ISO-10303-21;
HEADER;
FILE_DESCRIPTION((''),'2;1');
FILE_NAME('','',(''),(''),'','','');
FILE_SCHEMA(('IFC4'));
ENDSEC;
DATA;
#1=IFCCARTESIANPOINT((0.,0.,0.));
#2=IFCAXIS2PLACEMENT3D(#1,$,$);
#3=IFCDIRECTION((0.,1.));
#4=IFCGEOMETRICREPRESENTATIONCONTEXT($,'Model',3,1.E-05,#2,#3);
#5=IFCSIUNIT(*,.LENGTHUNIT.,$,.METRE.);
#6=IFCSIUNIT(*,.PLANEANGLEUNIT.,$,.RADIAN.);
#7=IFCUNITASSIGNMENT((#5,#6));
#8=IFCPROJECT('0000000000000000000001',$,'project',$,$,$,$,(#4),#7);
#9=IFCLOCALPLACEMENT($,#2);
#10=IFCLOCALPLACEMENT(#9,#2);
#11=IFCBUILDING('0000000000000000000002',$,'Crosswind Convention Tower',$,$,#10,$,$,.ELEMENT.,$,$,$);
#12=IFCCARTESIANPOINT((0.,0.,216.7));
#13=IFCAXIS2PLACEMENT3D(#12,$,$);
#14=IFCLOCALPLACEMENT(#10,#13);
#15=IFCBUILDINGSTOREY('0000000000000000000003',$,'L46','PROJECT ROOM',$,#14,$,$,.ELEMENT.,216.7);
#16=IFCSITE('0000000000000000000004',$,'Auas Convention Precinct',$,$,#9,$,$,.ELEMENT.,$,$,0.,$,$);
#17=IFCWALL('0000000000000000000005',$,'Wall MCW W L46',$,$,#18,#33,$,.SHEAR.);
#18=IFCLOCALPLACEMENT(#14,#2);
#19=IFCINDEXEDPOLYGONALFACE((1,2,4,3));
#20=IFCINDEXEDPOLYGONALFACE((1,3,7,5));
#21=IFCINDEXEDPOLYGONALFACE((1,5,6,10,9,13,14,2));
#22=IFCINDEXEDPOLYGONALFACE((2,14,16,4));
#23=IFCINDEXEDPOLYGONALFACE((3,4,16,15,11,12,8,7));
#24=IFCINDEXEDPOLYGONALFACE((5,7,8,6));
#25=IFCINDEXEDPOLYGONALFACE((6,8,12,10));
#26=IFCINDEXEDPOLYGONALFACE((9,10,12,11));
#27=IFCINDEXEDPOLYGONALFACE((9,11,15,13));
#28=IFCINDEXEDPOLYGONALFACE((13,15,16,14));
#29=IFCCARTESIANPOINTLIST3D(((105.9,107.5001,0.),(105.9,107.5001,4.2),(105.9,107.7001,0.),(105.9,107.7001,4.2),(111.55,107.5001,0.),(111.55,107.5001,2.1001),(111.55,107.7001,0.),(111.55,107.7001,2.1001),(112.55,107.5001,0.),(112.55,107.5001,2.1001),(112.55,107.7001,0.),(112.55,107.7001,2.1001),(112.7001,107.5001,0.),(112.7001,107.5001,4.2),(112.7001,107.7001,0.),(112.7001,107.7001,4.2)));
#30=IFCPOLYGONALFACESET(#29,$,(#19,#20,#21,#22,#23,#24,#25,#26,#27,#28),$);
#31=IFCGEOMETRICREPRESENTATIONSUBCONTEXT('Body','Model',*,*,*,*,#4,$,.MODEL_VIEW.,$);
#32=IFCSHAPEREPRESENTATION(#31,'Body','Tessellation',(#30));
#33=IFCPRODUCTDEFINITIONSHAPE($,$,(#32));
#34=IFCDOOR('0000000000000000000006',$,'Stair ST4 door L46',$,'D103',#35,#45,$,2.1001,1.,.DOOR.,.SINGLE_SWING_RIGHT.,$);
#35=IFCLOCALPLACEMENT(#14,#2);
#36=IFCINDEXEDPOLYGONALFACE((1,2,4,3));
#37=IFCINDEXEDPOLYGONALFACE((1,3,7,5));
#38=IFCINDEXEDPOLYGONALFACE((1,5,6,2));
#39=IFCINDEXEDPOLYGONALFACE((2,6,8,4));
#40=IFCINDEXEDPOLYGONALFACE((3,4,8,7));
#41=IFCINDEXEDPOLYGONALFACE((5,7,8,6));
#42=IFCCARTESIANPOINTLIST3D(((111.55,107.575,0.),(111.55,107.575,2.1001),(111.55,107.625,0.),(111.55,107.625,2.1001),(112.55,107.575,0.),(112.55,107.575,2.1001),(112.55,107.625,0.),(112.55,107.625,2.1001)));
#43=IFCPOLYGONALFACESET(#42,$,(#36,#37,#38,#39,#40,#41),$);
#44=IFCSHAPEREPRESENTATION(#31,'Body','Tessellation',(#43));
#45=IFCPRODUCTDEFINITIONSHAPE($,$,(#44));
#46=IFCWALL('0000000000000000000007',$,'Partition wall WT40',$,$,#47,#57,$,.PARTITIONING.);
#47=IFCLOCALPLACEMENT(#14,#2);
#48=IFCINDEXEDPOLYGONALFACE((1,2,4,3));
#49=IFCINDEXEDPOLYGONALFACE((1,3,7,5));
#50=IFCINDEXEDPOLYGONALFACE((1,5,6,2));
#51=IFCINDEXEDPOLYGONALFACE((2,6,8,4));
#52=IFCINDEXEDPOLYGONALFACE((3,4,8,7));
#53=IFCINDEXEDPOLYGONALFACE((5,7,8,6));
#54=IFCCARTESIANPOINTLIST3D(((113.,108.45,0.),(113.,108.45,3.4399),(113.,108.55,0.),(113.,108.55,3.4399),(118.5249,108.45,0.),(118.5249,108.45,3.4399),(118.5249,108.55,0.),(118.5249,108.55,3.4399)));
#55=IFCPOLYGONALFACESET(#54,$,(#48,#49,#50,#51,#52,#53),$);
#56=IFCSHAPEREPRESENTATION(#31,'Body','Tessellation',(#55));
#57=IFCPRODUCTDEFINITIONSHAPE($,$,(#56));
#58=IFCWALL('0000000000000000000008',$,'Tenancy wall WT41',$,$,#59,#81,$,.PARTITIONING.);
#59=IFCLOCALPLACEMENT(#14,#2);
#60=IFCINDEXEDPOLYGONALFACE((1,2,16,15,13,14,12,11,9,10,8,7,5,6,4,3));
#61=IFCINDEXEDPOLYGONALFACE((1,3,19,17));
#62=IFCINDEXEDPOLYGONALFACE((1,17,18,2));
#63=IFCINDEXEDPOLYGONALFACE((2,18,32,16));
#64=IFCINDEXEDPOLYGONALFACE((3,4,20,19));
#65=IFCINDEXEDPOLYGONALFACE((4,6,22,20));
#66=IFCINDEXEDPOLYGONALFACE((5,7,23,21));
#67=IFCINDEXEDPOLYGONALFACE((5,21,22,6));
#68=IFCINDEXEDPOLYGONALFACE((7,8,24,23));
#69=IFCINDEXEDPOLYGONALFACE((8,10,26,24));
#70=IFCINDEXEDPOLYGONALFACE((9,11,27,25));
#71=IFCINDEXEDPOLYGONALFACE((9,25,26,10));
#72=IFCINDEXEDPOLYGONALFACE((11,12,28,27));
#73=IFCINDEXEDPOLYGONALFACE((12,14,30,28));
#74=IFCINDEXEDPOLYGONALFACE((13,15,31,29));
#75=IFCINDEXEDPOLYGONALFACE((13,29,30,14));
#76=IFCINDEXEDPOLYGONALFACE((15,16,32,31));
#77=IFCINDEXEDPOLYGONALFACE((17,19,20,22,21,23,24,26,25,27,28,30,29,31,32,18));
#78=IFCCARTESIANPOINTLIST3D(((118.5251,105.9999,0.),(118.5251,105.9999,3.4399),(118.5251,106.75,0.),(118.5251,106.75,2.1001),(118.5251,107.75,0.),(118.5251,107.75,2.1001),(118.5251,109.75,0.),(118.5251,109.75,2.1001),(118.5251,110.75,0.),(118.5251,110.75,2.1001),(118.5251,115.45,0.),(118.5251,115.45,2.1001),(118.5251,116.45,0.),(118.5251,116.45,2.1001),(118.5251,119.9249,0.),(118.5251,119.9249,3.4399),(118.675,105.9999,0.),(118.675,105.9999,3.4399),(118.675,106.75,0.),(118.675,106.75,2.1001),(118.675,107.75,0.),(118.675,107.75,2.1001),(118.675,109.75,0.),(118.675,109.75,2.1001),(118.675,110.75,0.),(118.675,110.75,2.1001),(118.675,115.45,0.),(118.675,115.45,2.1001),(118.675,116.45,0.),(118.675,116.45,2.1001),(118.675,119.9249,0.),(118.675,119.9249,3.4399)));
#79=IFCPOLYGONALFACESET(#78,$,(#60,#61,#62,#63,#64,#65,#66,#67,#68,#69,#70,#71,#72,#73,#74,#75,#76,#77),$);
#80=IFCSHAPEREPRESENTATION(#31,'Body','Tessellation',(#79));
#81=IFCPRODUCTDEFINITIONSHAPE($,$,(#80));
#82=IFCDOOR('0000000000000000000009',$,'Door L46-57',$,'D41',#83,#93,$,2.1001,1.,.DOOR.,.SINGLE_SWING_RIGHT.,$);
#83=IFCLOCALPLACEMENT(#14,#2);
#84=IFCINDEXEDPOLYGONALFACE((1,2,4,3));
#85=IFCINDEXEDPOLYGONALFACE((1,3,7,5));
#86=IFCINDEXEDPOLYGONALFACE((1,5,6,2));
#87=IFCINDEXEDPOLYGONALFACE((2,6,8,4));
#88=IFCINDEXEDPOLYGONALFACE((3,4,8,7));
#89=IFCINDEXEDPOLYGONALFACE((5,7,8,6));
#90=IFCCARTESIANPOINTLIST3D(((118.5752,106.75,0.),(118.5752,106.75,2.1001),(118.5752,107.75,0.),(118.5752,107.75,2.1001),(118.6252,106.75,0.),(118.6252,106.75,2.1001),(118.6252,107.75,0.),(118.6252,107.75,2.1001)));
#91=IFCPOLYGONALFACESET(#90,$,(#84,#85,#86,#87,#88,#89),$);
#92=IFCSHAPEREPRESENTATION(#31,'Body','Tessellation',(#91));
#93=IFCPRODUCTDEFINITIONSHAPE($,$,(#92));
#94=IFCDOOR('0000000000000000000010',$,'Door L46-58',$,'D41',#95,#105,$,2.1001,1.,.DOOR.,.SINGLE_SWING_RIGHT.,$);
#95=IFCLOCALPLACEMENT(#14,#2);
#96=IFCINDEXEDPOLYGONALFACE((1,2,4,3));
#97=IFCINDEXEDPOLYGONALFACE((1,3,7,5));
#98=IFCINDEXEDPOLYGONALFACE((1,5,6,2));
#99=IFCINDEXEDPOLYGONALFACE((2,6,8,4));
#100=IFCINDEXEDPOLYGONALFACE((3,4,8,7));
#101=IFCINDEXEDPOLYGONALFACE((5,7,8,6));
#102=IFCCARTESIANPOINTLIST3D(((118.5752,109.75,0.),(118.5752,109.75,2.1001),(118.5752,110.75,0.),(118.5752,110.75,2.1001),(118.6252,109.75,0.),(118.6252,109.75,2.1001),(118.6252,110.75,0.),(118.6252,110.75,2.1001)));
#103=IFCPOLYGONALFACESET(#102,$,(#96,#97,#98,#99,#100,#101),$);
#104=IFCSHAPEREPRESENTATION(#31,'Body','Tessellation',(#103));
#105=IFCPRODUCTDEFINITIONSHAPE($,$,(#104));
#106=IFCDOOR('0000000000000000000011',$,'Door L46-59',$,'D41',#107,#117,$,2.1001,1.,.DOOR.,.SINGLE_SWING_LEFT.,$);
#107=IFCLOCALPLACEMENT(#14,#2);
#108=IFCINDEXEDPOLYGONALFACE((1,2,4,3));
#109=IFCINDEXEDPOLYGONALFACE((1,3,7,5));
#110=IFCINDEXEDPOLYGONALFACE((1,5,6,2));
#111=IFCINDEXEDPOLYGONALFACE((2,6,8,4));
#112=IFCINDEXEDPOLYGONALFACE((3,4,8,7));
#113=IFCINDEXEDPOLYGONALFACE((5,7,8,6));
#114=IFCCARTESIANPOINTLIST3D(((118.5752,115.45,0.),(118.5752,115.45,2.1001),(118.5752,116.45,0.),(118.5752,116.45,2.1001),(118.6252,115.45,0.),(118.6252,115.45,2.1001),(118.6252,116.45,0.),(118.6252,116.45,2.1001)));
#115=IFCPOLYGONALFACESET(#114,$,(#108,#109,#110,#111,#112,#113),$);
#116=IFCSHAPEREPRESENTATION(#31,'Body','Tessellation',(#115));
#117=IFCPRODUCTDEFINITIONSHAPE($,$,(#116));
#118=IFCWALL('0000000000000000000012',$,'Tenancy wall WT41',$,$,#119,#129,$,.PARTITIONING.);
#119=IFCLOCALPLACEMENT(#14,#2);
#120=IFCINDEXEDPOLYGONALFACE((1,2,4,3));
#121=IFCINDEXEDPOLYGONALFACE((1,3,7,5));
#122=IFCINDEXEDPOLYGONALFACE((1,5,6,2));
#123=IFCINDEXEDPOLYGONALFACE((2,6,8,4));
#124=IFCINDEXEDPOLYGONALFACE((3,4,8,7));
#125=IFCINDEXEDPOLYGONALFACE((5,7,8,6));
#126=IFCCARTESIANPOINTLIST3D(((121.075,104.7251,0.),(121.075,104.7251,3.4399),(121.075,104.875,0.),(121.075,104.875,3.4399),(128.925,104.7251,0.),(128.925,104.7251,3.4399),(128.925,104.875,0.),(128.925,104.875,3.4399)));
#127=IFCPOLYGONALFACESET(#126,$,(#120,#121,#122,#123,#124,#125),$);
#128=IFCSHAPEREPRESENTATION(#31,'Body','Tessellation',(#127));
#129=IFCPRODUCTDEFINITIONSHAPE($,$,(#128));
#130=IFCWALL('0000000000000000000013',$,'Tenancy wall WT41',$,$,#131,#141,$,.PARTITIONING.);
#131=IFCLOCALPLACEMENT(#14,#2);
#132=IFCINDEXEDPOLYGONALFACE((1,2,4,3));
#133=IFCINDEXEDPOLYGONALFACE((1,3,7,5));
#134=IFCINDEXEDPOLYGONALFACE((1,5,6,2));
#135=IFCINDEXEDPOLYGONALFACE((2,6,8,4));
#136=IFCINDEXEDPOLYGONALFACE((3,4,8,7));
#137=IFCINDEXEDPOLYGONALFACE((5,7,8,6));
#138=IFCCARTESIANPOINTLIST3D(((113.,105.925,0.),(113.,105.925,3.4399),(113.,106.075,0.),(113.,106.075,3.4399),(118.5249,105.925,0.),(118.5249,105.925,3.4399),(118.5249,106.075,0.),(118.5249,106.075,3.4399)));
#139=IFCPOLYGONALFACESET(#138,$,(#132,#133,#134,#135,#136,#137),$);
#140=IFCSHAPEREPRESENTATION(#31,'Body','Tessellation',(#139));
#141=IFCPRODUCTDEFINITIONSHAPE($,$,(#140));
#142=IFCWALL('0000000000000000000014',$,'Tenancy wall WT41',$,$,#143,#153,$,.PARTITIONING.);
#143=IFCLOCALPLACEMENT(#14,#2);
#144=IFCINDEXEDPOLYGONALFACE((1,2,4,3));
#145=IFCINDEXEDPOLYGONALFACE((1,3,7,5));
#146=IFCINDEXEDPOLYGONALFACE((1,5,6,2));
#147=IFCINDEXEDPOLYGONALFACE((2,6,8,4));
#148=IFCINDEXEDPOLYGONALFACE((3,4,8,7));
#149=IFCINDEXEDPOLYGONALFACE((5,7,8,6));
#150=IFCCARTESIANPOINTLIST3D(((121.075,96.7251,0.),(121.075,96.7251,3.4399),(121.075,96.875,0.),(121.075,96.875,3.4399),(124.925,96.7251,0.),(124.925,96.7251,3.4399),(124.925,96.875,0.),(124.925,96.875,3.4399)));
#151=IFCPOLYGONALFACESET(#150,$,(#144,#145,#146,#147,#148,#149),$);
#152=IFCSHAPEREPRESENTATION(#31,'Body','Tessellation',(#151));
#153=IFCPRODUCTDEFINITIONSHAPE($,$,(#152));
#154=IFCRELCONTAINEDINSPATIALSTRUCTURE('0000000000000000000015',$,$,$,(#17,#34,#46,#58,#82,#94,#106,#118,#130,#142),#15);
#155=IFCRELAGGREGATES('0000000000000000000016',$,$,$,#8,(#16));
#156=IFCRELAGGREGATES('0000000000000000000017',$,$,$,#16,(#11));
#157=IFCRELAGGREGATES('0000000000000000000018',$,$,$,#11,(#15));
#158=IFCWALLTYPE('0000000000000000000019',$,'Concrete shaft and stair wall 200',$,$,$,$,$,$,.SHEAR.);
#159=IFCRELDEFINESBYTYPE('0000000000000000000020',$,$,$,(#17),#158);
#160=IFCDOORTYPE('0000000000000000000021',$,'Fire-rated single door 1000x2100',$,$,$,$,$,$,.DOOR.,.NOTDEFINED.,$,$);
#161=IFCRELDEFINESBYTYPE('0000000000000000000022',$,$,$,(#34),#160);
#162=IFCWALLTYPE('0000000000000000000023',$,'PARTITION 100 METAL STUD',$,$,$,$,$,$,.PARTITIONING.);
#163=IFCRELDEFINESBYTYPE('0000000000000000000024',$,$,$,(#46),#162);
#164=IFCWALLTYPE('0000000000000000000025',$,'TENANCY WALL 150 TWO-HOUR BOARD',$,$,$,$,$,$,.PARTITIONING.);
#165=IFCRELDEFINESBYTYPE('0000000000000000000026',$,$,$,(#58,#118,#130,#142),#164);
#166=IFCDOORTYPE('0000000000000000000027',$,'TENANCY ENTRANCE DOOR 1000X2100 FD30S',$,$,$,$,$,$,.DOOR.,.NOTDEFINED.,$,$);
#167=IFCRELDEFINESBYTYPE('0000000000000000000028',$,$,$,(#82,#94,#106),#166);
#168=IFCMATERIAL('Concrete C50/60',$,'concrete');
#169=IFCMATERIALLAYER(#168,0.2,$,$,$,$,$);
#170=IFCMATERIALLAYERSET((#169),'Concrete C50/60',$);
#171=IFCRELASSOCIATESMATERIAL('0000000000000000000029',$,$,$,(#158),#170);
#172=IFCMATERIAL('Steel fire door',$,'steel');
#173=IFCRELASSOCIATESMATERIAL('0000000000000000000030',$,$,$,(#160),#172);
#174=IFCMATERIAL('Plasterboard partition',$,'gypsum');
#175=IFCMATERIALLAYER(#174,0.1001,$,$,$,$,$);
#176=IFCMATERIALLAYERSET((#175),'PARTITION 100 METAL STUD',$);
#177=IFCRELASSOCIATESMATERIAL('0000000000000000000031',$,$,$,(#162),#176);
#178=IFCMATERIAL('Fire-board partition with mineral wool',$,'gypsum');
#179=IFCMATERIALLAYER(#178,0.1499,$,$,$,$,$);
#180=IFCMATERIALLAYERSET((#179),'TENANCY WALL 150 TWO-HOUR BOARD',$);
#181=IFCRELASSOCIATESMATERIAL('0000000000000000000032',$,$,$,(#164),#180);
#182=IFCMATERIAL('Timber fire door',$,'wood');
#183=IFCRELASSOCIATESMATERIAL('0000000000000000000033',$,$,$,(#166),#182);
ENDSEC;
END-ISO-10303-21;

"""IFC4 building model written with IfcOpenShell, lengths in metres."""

from ifc_helpers import new_model, si_unit, direction, frame, frame_2d, origin, place, context, subcontext, project, spatial, rectangle, extrude, material, layer, layer_set, type_object, element, fill, save


model = new_model("IFC4")

# Units and contexts
model_context = context("Model", 3, precision=1e-05, world=origin(), true_north=direction((0.0, 1.0)))
body_context = subcontext(model_context, "Body", "Model", "MODEL_VIEW")
ifc_project = project(units=[si_unit("LENGTHUNIT", "METRE"), si_unit("PLANEANGLEUNIT", "RADIAN")], contexts=[model_context])

# Site, building, storey
site_placement = place(None, origin())
site = spatial("IfcSite", under=ifc_project, at=site_placement, Name="Auas Convention Precinct", CompositionType="ELEMENT", RefElevation=0.0)
building_placement = place(site_placement, origin())
building = spatial("IfcBuilding", under=site, at=building_placement, Name="Crosswind Convention Tower", CompositionType="ELEMENT")
storey_placement = place(building_placement, frame((0.0, 0.0, 216.7)))
storey = spatial("IfcBuildingStorey", under=building, at=storey_placement, Name="L46", Description="PROJECT ROOM", CompositionType="ELEMENT", Elevation=216.7)

# Shared definitions
ifc_material_1 = material(Name="Concrete C50/60", Category="concrete")

# Shared definitions
ifc_layer_1 = layer(ifc_material_1, 0.2)
ifc_layer_set_1 = layer_set([ifc_layer_1], Name="Concrete C50/60")
wall_type_1 = type_object("IfcWallType", Name="Concrete shaft and stair wall 200", PredefinedType="SHEAR", material=ifc_layer_set_1)

# Wall, opening, door
ifc_material_2 = material(Name="Steel fire door", Category="steel")
wall_1_placement = place(storey_placement, frame((112.7, 107.6001, 0.0), z_axis=(0.0, 0.0, 1.0), x_axis=(-1.0, 0.0, 0.0)))
wall_1 = element("IfcWall", 1, at=wall_1_placement, inside=storey, type_object=wall_type_1, Name="Wall MCW W L46", PredefinedType="SHEAR", context=body_context, shape_type="SweptSolid", body=[
    extrude(rectangle(XDim=6.8, YDim=0.2, at=frame_2d((3.3999, 0.0))), origin(), (0.0, 0.0, 1.0), 4.2),
])
opening_1_placement = place(wall_1_placement, frame((0.1499, 0.0, 0.0)))
opening_1 = element("IfcOpeningElement", 2, at=opening_1_placement, cuts=wall_1, PredefinedType="OPENING", context=body_context, shape_type="SweptSolid", body=[
    extrude(rectangle(XDim=1.0, YDim=2.1001, at=frame_2d((0.5, 1.05))), frame((0.0, 0.1099, 0.0), z_axis=(0.0, -1.0, 0.0), x_axis=(1.0, 0.0, 0.0)), (0.0, 0.0, 1.0), 0.22),
])
door_type_1 = type_object("IfcDoorType", Name="Fire-rated single door 1000x2100", OperationType="NOTDEFINED", PredefinedType="DOOR", material=ifc_material_2)
door_1_placement = place(opening_1_placement, frame((1.0, 0.0, 0.0), z_axis=(0.0, 0.0, 1.0), x_axis=(-1.0, 0.0, 0.0)))
door_1 = element("IfcDoor", 3, at=door_1_placement, inside=storey, type_object=door_type_1, Name="Stair ST4 door L46", ObjectType="D103", OperationType="SINGLE_SWING_RIGHT", OverallHeight=2.1001, OverallWidth=1.0, PredefinedType="DOOR", context=body_context, shape_type="SweptSolid", body=[
    extrude(rectangle(XDim=1.0, YDim=2.1001, at=frame_2d((0.5, 1.05))), frame((0.0, 0.0249, 0.0), z_axis=(0.0, -1.0, 0.0), x_axis=(1.0, 0.0, 0.0)), (0.0, 0.0, 1.0), 0.05),
])
fill(opening_1, door_1)

# Wall
ifc_material_3 = material(Name="Plasterboard partition", Category="gypsum")
ifc_layer_2 = layer(ifc_material_3, 0.1001)
ifc_layer_set_2 = layer_set([ifc_layer_2], Name="PARTITION 100 METAL STUD")
wall_type_2 = type_object("IfcWallType", Name="PARTITION 100 METAL STUD", PredefinedType="PARTITIONING", material=ifc_layer_set_2)
wall_2_placement = place(storey_placement, frame((113.0, 108.5, 0.0), z_axis=(0.0, 0.0, 1.0), x_axis=(1.0, 0.0, 0.0)))
element("IfcWall", 4, at=wall_2_placement, inside=storey, type_object=wall_type_2, Name="Partition wall WT40", PredefinedType="PARTITIONING", context=body_context, shape_type="SweptSolid", body=[
    extrude(rectangle(XDim=5.5249, YDim=0.1001, at=frame_2d((2.7625, 0.0))), origin(), (0.0, 0.0, 1.0), 3.4399),
])

# Wall, openings, doors
ifc_material_4 = material(Name="Fire-board partition with mineral wool", Category="gypsum")
ifc_layer_3 = layer(ifc_material_4, 0.1499)
ifc_layer_set_3 = layer_set([ifc_layer_3], Name="TENANCY WALL 150 TWO-HOUR BOARD")
wall_type_3 = type_object("IfcWallType", Name="TENANCY WALL 150 TWO-HOUR BOARD", PredefinedType="PARTITIONING", material=ifc_layer_set_3)
wall_3_placement = place(storey_placement, frame((118.6001, 106.0, 0.0), z_axis=(0.0, 0.0, 1.0), x_axis=(0.0, 1.0, 0.0)))
wall_3 = element("IfcWall", 5, at=wall_3_placement, inside=storey, type_object=wall_type_3, Name="Tenancy wall WT41", PredefinedType="PARTITIONING", context=body_context, shape_type="SweptSolid", body=[
    extrude(rectangle(XDim=13.925, YDim=0.1499, at=frame_2d((6.9624, 0.0))), origin(), (0.0, 0.0, 1.0), 3.4399),
])
opening_2_placement = place(wall_3_placement, frame((0.75, 0.0, 0.0)))
opening_2 = element("IfcOpeningElement", 6, at=opening_2_placement, cuts=wall_3, PredefinedType="OPENING", context=body_context, shape_type="SweptSolid", body=[
    extrude(rectangle(XDim=1.0, YDim=2.1001, at=frame_2d((0.5, 1.05))), frame((0.0, 0.085, 0.0), z_axis=(0.0, -1.0, 0.0), x_axis=(1.0, 0.0, 0.0)), (0.0, 0.0, 1.0), 0.1699),
])
opening_3_placement = place(wall_3_placement, frame((3.75, 0.0, 0.0)))
opening_3 = element("IfcOpeningElement", 7, at=opening_3_placement, cuts=wall_3, PredefinedType="OPENING", context=body_context, shape_type="SweptSolid", body=[
    extrude(rectangle(XDim=1.0, YDim=2.1001, at=frame_2d((0.5, 1.05))), frame((0.0, 0.085, 0.0), z_axis=(0.0, -1.0, 0.0), x_axis=(1.0, 0.0, 0.0)), (0.0, 0.0, 1.0), 0.1699),
])
opening_4_placement = place(wall_3_placement, frame((9.45, 0.0, 0.0)))
opening_4 = element("IfcOpeningElement", 8, at=opening_4_placement, cuts=wall_3, PredefinedType="OPENING", context=body_context, shape_type="SweptSolid", body=[
    extrude(rectangle(XDim=1.0, YDim=2.1001, at=frame_2d((0.5, 1.05))), frame((0.0, 0.085, 0.0), z_axis=(0.0, -1.0, 0.0), x_axis=(1.0, 0.0, 0.0)), (0.0, 0.0, 1.0), 0.1699),
])
ifc_material_5 = material(Name="Timber fire door", Category="wood")
door_type_2 = type_object("IfcDoorType", Name="TENANCY ENTRANCE DOOR 1000X2100 FD30S", OperationType="NOTDEFINED", PredefinedType="DOOR", material=ifc_material_5)
door_2_placement = place(opening_2_placement, origin())
door_2 = element("IfcDoor", 9, at=door_2_placement, inside=storey, type_object=door_type_2, Name="Door L46-57", ObjectType="D41", OperationType="SINGLE_SWING_RIGHT", OverallHeight=2.1001, OverallWidth=1.0, PredefinedType="DOOR", context=body_context, shape_type="SweptSolid", body=[
    extrude(rectangle(XDim=1.0, YDim=2.1001, at=frame_2d((0.5, 1.05))), frame((0.0, 0.0249, 0.0), z_axis=(0.0, -1.0, 0.0), x_axis=(1.0, 0.0, 0.0)), (0.0, 0.0, 1.0), 0.05),
])
fill(opening_2, door_2)
door_3_placement = place(opening_3_placement, origin())
door_3 = element("IfcDoor", 10, at=door_3_placement, inside=storey, type_object=door_type_2, Name="Door L46-58", ObjectType="D41", OperationType="SINGLE_SWING_RIGHT", OverallHeight=2.1001, OverallWidth=1.0, PredefinedType="DOOR", context=body_context, shape_type="SweptSolid", body=[
    extrude(rectangle(XDim=1.0, YDim=2.1001, at=frame_2d((0.5, 1.05))), frame((0.0, 0.0249, 0.0), z_axis=(0.0, -1.0, 0.0), x_axis=(1.0, 0.0, 0.0)), (0.0, 0.0, 1.0), 0.05),
])
fill(opening_3, door_3)
door_4_placement = place(opening_4_placement, origin())
door_4 = element("IfcDoor", 11, at=door_4_placement, inside=storey, type_object=door_type_2, Name="Door L46-59", ObjectType="D41", OperationType="SINGLE_SWING_LEFT", OverallHeight=2.1001, OverallWidth=1.0, PredefinedType="DOOR", context=body_context, shape_type="SweptSolid", body=[
    extrude(rectangle(XDim=1.0, YDim=2.1001, at=frame_2d((0.5, 1.05))), frame((0.0, 0.0249, 0.0), z_axis=(0.0, -1.0, 0.0), x_axis=(1.0, 0.0, 0.0)), (0.0, 0.0, 1.0), 0.05),
])
fill(opening_4, door_4)

# Walls
wall_4_placement = place(storey_placement, frame((121.075, 104.8, 0.0), z_axis=(0.0, 0.0, 1.0), x_axis=(1.0, 0.0, 0.0)))
element("IfcWall", 12, at=wall_4_placement, inside=storey, type_object=wall_type_3, Name="Tenancy wall WT41", PredefinedType="PARTITIONING", context=body_context, shape_type="SweptSolid", body=[
    extrude(rectangle(XDim=7.8501, YDim=0.1499, at=frame_2d((3.925, 0.0))), origin(), (0.0, 0.0, 1.0), 3.4399),
])
wall_5_placement = place(storey_placement, frame((113.0, 106.0, 0.0), z_axis=(0.0, 0.0, 1.0), x_axis=(1.0, 0.0, 0.0)))
element("IfcWall", 13, at=wall_5_placement, inside=storey, type_object=wall_type_3, Name="Tenancy wall WT41", PredefinedType="PARTITIONING", context=body_context, shape_type="SweptSolid", body=[
    extrude(rectangle(XDim=5.5249, YDim=0.1499, at=frame_2d((2.7625, 0.0))), origin(), (0.0, 0.0, 1.0), 3.4399),
])
wall_6_placement = place(storey_placement, frame((121.075, 96.8, 0.0), z_axis=(0.0, 0.0, 1.0), x_axis=(1.0, 0.0, 0.0)))
element("IfcWall", 14, at=wall_6_placement, inside=storey, type_object=wall_type_3, Name="Tenancy wall WT41", PredefinedType="PARTITIONING", context=body_context, shape_type="SweptSolid", body=[
    extrude(rectangle(XDim=3.8501, YDim=0.1499, at=frame_2d((1.925, 0.0))), origin(), (0.0, 0.0, 1.0), 3.4399),
])

save(model, "model.ifc")
